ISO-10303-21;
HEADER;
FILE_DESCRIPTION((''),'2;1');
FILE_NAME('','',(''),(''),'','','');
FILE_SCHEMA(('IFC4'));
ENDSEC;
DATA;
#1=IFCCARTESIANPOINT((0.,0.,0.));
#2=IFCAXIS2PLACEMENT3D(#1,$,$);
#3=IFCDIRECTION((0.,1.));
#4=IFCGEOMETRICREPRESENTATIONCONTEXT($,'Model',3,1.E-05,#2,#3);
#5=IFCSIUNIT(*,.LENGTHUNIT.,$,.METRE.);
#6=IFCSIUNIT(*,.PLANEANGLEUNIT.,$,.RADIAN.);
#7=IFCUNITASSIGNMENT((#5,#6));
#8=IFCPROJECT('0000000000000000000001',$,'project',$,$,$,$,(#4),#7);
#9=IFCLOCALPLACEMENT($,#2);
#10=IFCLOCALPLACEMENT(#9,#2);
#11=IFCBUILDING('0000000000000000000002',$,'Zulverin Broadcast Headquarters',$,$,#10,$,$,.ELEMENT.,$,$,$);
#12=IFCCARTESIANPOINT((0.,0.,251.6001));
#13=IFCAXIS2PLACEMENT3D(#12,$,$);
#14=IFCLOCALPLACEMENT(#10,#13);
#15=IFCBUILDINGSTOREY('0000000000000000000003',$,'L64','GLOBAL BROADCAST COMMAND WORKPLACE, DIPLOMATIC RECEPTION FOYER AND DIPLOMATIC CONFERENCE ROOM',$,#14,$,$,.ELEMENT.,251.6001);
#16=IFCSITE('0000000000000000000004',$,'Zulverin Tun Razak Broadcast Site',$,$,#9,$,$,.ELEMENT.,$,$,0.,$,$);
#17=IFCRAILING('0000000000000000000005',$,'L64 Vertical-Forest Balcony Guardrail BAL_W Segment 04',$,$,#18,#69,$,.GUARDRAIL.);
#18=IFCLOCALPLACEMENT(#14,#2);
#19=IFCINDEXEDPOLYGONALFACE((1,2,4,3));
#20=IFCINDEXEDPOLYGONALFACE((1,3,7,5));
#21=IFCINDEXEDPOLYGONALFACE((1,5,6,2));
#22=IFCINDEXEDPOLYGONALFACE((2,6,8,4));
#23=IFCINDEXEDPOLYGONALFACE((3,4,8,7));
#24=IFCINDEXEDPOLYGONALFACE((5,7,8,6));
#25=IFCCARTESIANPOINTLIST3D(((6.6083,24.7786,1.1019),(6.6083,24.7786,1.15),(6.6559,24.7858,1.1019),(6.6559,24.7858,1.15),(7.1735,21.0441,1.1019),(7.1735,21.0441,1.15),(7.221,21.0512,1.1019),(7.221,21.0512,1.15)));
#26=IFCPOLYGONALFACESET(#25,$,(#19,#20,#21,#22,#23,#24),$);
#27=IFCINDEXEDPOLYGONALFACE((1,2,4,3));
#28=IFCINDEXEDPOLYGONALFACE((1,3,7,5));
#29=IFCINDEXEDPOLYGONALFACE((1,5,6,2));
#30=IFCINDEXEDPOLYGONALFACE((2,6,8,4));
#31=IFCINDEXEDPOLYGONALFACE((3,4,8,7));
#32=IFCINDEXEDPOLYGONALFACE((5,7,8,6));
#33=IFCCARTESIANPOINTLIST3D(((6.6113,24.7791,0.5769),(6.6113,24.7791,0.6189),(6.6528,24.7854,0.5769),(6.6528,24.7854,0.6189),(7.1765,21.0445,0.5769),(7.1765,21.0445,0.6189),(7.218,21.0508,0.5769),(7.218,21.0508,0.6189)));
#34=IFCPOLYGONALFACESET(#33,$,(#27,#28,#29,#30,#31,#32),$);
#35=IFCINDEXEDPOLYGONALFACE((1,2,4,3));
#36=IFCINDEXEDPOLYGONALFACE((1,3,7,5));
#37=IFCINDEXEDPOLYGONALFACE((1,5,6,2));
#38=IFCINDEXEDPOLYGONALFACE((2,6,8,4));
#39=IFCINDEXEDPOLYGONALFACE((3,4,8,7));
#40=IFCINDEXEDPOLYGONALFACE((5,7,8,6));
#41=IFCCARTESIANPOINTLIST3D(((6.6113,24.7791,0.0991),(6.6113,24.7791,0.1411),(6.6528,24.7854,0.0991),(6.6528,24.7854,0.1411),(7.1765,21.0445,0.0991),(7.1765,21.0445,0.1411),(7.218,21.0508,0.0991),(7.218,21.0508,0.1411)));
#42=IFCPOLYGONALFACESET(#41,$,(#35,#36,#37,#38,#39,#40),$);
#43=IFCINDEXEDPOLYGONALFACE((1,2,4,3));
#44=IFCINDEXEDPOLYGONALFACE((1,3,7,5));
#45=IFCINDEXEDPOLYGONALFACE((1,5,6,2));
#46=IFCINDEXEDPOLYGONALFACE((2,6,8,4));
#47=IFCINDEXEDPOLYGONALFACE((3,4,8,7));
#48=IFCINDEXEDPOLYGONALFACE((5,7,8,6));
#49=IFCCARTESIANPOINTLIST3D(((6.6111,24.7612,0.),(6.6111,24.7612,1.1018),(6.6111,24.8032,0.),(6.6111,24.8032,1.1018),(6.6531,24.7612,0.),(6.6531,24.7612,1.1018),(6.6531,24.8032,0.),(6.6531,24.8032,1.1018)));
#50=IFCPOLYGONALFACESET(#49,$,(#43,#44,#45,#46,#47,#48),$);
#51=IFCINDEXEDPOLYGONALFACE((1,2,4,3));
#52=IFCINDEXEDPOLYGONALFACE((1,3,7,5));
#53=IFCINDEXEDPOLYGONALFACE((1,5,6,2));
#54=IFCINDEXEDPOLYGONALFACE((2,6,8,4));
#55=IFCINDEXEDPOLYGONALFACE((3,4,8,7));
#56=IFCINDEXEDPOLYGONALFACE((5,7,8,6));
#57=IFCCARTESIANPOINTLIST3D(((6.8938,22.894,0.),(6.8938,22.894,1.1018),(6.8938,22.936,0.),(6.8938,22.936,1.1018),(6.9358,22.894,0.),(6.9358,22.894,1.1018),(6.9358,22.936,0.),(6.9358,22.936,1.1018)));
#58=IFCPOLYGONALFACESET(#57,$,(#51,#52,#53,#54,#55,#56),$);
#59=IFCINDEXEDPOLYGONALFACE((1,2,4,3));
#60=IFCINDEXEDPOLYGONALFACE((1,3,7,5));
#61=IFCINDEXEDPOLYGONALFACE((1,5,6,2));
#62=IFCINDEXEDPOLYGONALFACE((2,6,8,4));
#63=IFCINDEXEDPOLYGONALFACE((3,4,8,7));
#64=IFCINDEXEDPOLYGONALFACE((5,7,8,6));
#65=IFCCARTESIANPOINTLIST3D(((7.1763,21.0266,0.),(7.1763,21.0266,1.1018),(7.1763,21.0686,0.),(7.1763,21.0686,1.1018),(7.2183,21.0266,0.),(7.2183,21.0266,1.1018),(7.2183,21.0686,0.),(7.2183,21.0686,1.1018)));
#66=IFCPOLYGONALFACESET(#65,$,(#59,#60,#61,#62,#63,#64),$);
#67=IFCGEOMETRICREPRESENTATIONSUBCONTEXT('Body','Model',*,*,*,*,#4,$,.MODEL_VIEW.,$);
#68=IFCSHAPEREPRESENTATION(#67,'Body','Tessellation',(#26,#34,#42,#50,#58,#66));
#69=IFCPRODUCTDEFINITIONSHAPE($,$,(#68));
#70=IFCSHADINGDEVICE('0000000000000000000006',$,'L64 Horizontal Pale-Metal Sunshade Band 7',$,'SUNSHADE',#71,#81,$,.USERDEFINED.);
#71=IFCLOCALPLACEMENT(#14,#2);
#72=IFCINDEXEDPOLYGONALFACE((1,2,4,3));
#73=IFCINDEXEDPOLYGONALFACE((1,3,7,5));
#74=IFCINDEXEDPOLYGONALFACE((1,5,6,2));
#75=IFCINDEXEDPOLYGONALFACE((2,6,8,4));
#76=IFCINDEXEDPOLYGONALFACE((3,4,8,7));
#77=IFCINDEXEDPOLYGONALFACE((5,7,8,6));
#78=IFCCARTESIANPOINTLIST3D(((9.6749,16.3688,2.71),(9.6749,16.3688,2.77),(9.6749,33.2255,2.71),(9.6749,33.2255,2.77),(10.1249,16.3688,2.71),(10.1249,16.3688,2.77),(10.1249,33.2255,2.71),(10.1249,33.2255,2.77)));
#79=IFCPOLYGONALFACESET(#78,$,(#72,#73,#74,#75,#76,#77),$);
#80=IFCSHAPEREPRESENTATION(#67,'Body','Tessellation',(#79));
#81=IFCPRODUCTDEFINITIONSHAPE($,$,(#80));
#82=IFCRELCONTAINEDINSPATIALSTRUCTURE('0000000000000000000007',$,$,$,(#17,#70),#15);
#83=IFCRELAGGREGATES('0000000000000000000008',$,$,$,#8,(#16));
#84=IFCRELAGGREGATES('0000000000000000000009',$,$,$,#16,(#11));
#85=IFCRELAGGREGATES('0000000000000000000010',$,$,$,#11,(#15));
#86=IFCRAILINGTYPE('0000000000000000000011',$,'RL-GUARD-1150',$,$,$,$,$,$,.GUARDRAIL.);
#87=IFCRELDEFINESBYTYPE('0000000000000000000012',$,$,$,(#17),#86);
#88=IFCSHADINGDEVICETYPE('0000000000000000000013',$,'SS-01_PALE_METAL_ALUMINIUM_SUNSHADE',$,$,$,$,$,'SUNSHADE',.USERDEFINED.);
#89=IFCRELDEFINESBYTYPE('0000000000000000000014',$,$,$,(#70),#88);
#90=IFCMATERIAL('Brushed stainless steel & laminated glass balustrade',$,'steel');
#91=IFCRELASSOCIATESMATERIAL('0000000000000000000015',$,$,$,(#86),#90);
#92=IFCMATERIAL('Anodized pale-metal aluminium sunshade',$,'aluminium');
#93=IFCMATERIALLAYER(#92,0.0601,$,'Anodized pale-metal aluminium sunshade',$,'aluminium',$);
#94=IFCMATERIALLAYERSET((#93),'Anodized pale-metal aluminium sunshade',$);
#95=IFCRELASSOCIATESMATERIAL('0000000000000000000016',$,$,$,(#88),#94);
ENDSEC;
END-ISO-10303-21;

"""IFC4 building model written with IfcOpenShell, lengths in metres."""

from ifc_helpers import new_model, si_unit, direction, frame, origin, origin_2d, place, context, subcontext, project, spatial, rectangle, extrude, material, layer, layer_set, type_object, element, save


model = new_model("IFC4")

# Units and contexts
model_context = context("Model", 3, precision=1e-05, world=origin(), true_north=direction((0.0, 1.0)))
body_context = subcontext(model_context, "Body", "Model", "MODEL_VIEW")
ifc_project = project(units=[si_unit("LENGTHUNIT", "METRE"), si_unit("PLANEANGLEUNIT", "RADIAN")], contexts=[model_context])

# Site, building, storey
site_placement = place(None, origin())
site = spatial("IfcSite", under=ifc_project, at=site_placement, Name="Zulverin Tun Razak Broadcast Site", CompositionType="ELEMENT", RefElevation=0.0)
building_placement = place(site_placement, origin())
building = spatial("IfcBuilding", under=site, at=building_placement, Name="Zulverin Broadcast Headquarters", CompositionType="ELEMENT")
storey_placement = place(building_placement, frame((0.0, 0.0, 251.6001)))
storey = spatial("IfcBuildingStorey", under=building, at=storey_placement, Name="L64", Description="GLOBAL BROADCAST COMMAND WORKPLACE, DIPLOMATIC RECEPTION FOYER AND DIPLOMATIC CONFERENCE ROOM", CompositionType="ELEMENT", Elevation=251.6001)

# Railing
ifc_material_1 = material(Name="Brushed stainless steel & laminated glass balustrade", Category="steel")
railing_type = type_object("IfcRailingType", Name="RL-GUARD-1150", PredefinedType="GUARDRAIL", material=ifc_material_1)
railing_1_placement = place(storey_placement, frame((6.6321, 24.7822, 0.0)))
element("IfcRailing", 1, at=railing_1_placement, inside=storey, type_object=railing_type, Name="L64 Vertical-Forest Balcony Guardrail BAL_W Segment 04", PredefinedType="GUARDRAIL", context=body_context, shape_type="SweptSolid", body=[
    extrude(rectangle(XDim=0.0481, YDim=0.0481, at=origin_2d()), frame((0.0, 0.0, 1.126), z_axis=(0.149633, -0.988742, 0.0), x_axis=(0.988742, 0.149633, 0.0)), (0.0, 0.0, 1.0), 3.7771),
    extrude(rectangle(XDim=0.042, YDim=0.042, at=origin_2d()), frame((0.0, 0.0, 0.5979), z_axis=(0.149633, -0.988742, 0.0), x_axis=(0.988742, 0.149633, 0.0)), (0.0, 0.0, 1.0), 3.7771),
    extrude(rectangle(XDim=0.042, YDim=0.042, at=origin_2d()), frame((0.0, 0.0, 0.1201), z_axis=(0.149633, -0.988742, 0.0), x_axis=(0.988742, 0.149633, 0.0)), (0.0, 0.0, 1.0), 3.7771),
    extrude(rectangle(XDim=0.042, YDim=0.042, at=origin_2d()), origin(), (0.0, 0.0, 1.0), 1.1018),
    extrude(rectangle(XDim=0.042, YDim=0.042, at=origin_2d()), frame((0.2827, -1.8672, 0.0)), (0.0, 0.0, 1.0), 1.1018),
    extrude(rectangle(XDim=0.042, YDim=0.042, at=origin_2d()), frame((0.5652, -3.7346, 0.0)), (0.0, 0.0, 1.0), 1.1018),
])

# Shading device
ifc_material_2 = material(Name="Anodized pale-metal aluminium sunshade", Category="aluminium")
ifc_layer_1 = layer(ifc_material_2, 0.0601, Name="Anodized pale-metal aluminium sunshade", Category="aluminium")
ifc_layer_set_1 = layer_set([ifc_layer_1], Name="Anodized pale-metal aluminium sunshade")
shading_device_type = type_object("IfcShadingDeviceType", Name="SS-01_PALE_METAL_ALUMINIUM_SUNSHADE", ElementType="SUNSHADE", PredefinedType="USERDEFINED", material=ifc_layer_set_1)
shading_device_placement = place(storey_placement, frame((9.8999, 24.7971, 2.71), z_axis=(0.0, 0.0, 1.0), x_axis=(0.0, -1.0, 0.0)))
element("IfcShadingDevice", 2, at=shading_device_placement, inside=storey, type_object=shading_device_type, Name="L64 Horizontal Pale-Metal Sunshade Band 7", ObjectType="SUNSHADE", PredefinedType="USERDEFINED", context=body_context, shape_type="SweptSolid", body=[
    extrude(rectangle(XDim=16.8567, YDim=0.45, at=origin_2d()), origin(), (0.0, 0.0, 1.0), 0.0601),
])

save(model, "model.ifc")
